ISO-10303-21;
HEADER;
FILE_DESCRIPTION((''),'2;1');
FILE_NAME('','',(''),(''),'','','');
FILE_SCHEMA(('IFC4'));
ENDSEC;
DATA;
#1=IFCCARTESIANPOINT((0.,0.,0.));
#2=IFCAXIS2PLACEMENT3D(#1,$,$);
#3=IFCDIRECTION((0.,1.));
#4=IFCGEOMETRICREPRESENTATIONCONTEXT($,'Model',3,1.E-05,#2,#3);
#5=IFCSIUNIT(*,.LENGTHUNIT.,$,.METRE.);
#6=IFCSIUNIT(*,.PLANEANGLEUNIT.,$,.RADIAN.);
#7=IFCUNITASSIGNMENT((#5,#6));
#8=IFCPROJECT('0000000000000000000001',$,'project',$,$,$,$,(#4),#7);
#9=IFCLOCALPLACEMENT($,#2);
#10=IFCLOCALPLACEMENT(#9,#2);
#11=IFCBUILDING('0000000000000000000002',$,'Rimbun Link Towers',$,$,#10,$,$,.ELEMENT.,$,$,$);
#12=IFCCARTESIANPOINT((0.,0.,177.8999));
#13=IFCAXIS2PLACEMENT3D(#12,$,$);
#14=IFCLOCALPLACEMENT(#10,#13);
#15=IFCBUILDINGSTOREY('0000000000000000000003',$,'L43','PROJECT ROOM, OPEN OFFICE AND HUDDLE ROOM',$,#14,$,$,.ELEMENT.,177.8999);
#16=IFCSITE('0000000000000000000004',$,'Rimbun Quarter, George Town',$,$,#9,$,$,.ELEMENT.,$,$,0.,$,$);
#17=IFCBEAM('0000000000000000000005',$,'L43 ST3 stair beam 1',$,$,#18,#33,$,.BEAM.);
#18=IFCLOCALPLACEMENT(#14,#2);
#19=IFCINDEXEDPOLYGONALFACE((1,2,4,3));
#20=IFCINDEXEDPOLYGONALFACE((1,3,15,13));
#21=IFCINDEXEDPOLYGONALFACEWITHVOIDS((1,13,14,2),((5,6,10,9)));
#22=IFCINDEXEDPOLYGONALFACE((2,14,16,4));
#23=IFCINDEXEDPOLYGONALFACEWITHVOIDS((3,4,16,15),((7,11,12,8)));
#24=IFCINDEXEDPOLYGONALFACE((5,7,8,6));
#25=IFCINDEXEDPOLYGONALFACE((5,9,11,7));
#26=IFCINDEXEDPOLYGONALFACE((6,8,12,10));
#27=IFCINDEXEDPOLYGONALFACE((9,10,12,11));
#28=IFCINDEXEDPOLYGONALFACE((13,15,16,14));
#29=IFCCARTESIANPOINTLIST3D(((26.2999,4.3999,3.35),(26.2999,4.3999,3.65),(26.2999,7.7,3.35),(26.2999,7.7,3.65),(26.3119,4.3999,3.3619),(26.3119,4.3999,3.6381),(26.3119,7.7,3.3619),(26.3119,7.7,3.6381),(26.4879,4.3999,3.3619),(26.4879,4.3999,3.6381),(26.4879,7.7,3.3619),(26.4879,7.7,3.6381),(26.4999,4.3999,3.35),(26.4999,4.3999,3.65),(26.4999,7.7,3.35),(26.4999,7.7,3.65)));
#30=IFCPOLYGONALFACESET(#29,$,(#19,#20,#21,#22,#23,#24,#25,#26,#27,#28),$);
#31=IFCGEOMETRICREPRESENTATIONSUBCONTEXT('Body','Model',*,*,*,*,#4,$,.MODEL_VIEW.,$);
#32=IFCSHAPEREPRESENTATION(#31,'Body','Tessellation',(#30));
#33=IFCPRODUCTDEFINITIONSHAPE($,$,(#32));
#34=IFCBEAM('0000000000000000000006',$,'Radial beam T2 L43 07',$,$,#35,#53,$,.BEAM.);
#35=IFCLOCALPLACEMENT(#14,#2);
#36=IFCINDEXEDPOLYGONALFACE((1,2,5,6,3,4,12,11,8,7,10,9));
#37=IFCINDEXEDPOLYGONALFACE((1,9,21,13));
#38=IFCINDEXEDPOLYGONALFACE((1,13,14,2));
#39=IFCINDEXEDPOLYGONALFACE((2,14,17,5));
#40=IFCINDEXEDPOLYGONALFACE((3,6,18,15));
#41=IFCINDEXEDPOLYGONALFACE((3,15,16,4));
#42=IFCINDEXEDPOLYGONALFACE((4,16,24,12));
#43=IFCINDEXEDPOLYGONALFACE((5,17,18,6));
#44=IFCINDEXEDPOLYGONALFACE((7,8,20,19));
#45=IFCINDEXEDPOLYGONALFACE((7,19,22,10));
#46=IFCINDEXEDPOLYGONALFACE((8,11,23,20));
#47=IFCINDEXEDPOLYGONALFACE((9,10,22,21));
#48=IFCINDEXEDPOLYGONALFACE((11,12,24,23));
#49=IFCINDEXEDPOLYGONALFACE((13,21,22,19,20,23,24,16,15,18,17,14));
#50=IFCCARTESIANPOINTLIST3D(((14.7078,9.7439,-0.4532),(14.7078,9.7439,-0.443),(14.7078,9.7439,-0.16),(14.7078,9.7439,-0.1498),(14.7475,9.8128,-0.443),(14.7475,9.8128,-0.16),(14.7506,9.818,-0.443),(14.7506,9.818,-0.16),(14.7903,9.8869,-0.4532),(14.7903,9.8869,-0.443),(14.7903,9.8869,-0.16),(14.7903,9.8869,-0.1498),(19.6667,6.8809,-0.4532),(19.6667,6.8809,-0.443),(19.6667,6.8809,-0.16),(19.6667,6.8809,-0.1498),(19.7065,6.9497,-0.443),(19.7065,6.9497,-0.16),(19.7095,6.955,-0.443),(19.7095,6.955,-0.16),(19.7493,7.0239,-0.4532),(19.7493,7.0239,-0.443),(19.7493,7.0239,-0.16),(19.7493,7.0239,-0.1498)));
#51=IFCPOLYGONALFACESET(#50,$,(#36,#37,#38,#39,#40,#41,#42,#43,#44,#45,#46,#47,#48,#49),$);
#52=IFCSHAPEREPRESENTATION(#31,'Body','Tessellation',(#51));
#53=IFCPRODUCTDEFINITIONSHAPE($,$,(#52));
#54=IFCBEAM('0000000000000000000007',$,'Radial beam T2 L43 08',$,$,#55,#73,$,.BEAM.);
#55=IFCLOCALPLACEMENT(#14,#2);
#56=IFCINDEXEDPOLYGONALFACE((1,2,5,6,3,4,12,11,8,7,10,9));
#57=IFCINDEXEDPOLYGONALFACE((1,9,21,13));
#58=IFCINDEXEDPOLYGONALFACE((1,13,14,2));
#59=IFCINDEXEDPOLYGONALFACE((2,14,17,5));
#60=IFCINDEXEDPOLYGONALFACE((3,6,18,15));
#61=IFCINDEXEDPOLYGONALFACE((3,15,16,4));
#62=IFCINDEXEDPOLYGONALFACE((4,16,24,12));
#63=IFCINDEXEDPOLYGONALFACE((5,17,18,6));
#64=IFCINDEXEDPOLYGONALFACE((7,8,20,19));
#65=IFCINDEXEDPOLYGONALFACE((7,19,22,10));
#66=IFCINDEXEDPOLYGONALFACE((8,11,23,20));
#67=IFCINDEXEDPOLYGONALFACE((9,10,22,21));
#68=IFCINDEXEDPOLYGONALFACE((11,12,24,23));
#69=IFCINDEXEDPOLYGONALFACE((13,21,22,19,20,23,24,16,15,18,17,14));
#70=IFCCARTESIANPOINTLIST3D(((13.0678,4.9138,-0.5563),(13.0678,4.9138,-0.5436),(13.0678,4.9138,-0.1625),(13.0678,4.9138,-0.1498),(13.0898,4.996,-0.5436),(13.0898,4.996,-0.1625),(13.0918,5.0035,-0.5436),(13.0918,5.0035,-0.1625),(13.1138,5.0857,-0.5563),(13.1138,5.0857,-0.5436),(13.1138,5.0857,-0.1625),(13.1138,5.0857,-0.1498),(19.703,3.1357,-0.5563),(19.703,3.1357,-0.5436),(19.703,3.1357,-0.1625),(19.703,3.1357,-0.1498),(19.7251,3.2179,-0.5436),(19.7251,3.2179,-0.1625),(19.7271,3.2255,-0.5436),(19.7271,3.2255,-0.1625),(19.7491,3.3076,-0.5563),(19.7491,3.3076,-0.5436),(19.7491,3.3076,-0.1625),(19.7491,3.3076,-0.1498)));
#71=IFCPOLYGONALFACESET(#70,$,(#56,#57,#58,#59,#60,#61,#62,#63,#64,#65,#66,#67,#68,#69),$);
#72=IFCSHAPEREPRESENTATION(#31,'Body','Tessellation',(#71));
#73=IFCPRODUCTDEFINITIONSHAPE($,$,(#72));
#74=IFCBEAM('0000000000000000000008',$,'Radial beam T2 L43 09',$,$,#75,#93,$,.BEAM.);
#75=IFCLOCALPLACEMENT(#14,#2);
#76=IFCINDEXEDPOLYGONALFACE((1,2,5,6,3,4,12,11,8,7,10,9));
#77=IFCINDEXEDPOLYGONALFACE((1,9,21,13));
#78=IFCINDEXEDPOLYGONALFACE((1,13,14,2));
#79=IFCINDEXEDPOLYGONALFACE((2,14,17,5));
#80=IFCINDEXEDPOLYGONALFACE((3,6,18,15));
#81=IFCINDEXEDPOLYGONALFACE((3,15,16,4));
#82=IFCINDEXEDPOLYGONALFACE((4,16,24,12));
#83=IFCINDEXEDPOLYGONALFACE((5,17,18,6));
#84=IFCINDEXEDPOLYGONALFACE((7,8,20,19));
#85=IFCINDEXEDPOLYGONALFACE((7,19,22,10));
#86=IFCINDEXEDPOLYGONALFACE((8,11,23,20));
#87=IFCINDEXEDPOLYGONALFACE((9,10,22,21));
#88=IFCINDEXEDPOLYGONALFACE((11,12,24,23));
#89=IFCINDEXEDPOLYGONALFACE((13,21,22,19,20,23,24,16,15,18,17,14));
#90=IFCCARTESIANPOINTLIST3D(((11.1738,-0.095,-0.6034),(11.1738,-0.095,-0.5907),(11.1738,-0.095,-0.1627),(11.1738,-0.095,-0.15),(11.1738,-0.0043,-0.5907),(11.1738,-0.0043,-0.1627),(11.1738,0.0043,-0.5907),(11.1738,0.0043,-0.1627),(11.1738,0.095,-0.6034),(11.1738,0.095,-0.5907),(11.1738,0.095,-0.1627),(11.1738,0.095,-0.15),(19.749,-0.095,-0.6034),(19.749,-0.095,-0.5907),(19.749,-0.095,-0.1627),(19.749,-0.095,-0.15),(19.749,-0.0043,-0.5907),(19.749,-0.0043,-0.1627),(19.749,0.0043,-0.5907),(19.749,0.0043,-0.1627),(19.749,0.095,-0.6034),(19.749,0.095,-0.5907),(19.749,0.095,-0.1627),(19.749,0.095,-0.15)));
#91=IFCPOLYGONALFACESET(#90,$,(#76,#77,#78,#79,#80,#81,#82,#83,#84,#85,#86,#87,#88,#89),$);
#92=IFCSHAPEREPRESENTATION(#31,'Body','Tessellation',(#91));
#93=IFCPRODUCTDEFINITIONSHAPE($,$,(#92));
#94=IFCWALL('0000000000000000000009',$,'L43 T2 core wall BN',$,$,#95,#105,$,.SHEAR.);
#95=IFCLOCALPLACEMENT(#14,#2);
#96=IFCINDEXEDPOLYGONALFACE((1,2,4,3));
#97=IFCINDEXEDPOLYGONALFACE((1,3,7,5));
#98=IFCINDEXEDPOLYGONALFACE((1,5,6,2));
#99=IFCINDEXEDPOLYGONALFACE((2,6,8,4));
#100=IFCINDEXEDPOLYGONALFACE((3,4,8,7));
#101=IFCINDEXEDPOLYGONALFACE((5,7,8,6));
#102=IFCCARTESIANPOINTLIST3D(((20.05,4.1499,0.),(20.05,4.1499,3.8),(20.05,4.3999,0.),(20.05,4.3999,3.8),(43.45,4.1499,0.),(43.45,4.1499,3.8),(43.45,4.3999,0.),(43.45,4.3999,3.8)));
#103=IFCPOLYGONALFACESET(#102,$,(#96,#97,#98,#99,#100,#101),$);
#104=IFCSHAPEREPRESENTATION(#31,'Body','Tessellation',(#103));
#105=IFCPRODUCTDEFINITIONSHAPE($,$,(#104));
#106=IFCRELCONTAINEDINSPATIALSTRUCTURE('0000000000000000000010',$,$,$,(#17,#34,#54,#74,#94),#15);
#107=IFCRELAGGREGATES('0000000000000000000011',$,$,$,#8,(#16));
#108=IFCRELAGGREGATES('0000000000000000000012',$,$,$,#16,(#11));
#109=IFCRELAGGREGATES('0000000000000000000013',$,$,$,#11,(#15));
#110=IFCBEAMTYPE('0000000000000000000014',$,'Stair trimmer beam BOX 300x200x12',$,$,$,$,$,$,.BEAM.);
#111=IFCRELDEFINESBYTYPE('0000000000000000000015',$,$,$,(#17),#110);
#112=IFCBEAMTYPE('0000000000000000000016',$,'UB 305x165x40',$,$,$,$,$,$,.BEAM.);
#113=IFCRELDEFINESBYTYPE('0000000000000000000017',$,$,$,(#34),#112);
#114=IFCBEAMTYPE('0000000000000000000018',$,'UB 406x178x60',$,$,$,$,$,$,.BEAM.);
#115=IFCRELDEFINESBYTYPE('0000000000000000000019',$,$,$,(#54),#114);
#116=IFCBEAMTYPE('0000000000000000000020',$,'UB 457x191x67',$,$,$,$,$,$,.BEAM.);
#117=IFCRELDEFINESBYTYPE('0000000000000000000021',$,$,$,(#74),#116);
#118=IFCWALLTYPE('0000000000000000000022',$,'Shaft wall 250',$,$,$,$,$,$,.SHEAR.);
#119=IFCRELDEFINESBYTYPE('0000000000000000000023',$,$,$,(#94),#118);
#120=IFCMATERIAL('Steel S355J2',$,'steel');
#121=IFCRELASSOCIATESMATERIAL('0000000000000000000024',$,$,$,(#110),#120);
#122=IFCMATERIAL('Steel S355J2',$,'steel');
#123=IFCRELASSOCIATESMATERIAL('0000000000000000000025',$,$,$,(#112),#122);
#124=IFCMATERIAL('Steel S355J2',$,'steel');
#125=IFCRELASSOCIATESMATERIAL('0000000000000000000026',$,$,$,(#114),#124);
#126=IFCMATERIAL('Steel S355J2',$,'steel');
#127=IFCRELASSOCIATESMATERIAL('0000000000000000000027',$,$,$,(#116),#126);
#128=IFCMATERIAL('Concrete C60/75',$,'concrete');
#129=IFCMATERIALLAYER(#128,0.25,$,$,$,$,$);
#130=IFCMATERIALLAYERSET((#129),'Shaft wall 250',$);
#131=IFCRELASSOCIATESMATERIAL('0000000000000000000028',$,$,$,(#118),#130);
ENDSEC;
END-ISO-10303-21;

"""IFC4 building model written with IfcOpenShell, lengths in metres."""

from ifc_helpers import new_model, si_unit, direction, frame, frame_2d, origin, origin_2d, place, context, subcontext, project, spatial, rectangle, hollow_rectangle, i_section, extrude, material, layer, layer_set, material_profile, profile_set, type_object, element, save


model = new_model("IFC4")

# Units and contexts
model_context = context("Model", 3, precision=1e-05, world=origin(), true_north=direction((0.0, 1.0)))
body_context = subcontext(model_context, "Body", "Model", "MODEL_VIEW")
ifc_project = project(units=[si_unit("LENGTHUNIT", "METRE"), si_unit("PLANEANGLEUNIT", "RADIAN")], contexts=[model_context])

# Site, building, storey
site_placement = place(None, origin())
site = spatial("IfcSite", under=ifc_project, at=site_placement, Name="Rimbun Quarter, George Town", CompositionType="ELEMENT", RefElevation=0.0)
building_placement = place(site_placement, origin())
building = spatial("IfcBuilding", under=site, at=building_placement, Name="Rimbun Link Towers", CompositionType="ELEMENT")
storey_placement = place(building_placement, frame((0.0, 0.0, 177.8999)))
storey = spatial("IfcBuildingStorey", under=building, at=storey_placement, Name="L43", Description="PROJECT ROOM, OPEN OFFICE AND HUDDLE ROOM", CompositionType="ELEMENT", Elevation=177.8999)

# Beams
ifc_material_1 = material(Name="Steel S355J2", Category="steel")
ifc_material_profile_1 = material_profile(ifc_material_1, hollow_rectangle(XDim=0.2, YDim=0.3, WallThickness=0.012, at=origin_2d()), Name="BOX 300x200x12")
ifc_profile_set_1 = profile_set([ifc_material_profile_1], Name="Steel S355J2")
beam_type_1 = type_object("IfcBeamType", Name="Stair trimmer beam BOX 300x200x12", PredefinedType="BEAM", material=ifc_profile_set_1)
beam_1_placement = place(storey_placement, frame((26.3999, 7.7, 3.5), z_axis=(0.0, -1.0, 0.0), x_axis=(1.0, 0.0, 0.0)))
element("IfcBeam", 1, at=beam_1_placement, inside=storey, type_object=beam_type_1, Name="L43 ST3 stair beam 1", PredefinedType="BEAM", context=body_context, shape_type="SweptSolid", body=[
    extrude(hollow_rectangle(XDim=0.2, YDim=0.3, WallThickness=0.012, at=origin_2d()), origin(), (0.0, 0.0, 1.0), 3.3),
])
ifc_material_2 = material(Name="Steel S355J2", Category="steel")
ifc_material_profile_2 = material_profile(ifc_material_2, i_section(OverallWidth=0.165, OverallDepth=0.3035, WebThickness=0.0061, FlangeThickness=0.0103, at=origin_2d()), Name="UB 305x165x40")
ifc_profile_set_2 = profile_set([ifc_material_profile_2], Name="Steel S355J2")
beam_type_2 = type_object("IfcBeamType", Name="UB 305x165x40", PredefinedType="BEAM", material=ifc_profile_set_2)
beam_2_placement = place(storey_placement, frame((19.708, 6.9524, -0.3015), z_axis=(-0.866028, 0.499996, 0.0), x_axis=(-0.499996, -0.866028, 0.0)))
element("IfcBeam", 2, at=beam_2_placement, inside=storey, type_object=beam_type_2, Name="Radial beam T2 L43 07", PredefinedType="BEAM", context=body_context, shape_type="SweptSolid", body=[
    extrude(i_section(OverallWidth=0.165, OverallDepth=0.3035, WebThickness=0.0061, FlangeThickness=0.0103, at=origin_2d()), origin(), (0.0, 0.0, 1.0), 5.7261),
])
ifc_material_3 = material(Name="Steel S355J2", Category="steel")
ifc_material_profile_3 = material_profile(ifc_material_3, i_section(OverallWidth=0.178, OverallDepth=0.4065, WebThickness=0.0078, FlangeThickness=0.0127, at=origin_2d()), Name="UB 406x178x60")
ifc_profile_set_3 = profile_set([ifc_material_profile_3], Name="Steel S355J2")
beam_type_3 = type_object("IfcBeamType", Name="UB 406x178x60", PredefinedType="BEAM", material=ifc_profile_set_3)
beam_3_placement = place(storey_placement, frame((19.7261, 3.2217, -0.353), z_axis=(-0.96592, 0.258841, 0.0), x_axis=(-0.258841, -0.96592, 0.0)))
element("IfcBeam", 3, at=beam_3_placement, inside=storey, type_object=beam_type_3, Name="Radial beam T2 L43 08", PredefinedType="BEAM", context=body_context, shape_type="SweptSolid", body=[
    extrude(i_section(OverallWidth=0.178, OverallDepth=0.4065, WebThickness=0.0078, FlangeThickness=0.0127, at=origin_2d()), origin(), (0.0, 0.0, 1.0), 6.8694),
])
ifc_material_4 = material(Name="Steel S355J2", Category="steel")
ifc_material_profile_4 = material_profile(ifc_material_4, i_section(OverallWidth=0.1899, OverallDepth=0.4534, WebThickness=0.0085, FlangeThickness=0.0127, at=origin_2d()), Name="UB 457x191x67")
ifc_profile_set_4 = profile_set([ifc_material_profile_4], Name="Steel S355J2")
beam_type_4 = type_object("IfcBeamType", Name="UB 457x191x67", PredefinedType="BEAM", material=ifc_profile_set_4)
beam_4_placement = place(storey_placement, frame((19.749, 0.0, -0.3767), z_axis=(-1.0, 0.0, 0.0), x_axis=(0.0, -1.0, 0.0)))
element("IfcBeam", 4, at=beam_4_placement, inside=storey, type_object=beam_type_4, Name="Radial beam T2 L43 09", PredefinedType="BEAM", context=body_context, shape_type="SweptSolid", body=[
    extrude(i_section(OverallWidth=0.1899, OverallDepth=0.4534, WebThickness=0.0085, FlangeThickness=0.0127, at=origin_2d()), origin(), (0.0, 0.0, 1.0), 8.5752),
])

# Wall
ifc_material_5 = material(Name="Concrete C60/75", Category="concrete")
ifc_layer = layer(ifc_material_5, 0.25)
ifc_layer_set = layer_set([ifc_layer], Name="Shaft wall 250")
wall_type = type_object("IfcWallType", Name="Shaft wall 250", PredefinedType="SHEAR", material=ifc_layer_set)
wall_1_placement = place(storey_placement, frame((20.05, 4.2749, 0.0), z_axis=(0.0, 0.0, 1.0), x_axis=(1.0, 0.0, 0.0)))
element("IfcWall", 5, at=wall_1_placement, inside=storey, type_object=wall_type, Name="L43 T2 core wall BN", PredefinedType="SHEAR", context=body_context, shape_type="SweptSolid", body=[
    extrude(rectangle(XDim=23.3999, YDim=0.25, at=frame_2d((11.7, 0.0))), origin(), (0.0, 0.0, 1.0), 3.8),
])

save(model, "model.ifc")
